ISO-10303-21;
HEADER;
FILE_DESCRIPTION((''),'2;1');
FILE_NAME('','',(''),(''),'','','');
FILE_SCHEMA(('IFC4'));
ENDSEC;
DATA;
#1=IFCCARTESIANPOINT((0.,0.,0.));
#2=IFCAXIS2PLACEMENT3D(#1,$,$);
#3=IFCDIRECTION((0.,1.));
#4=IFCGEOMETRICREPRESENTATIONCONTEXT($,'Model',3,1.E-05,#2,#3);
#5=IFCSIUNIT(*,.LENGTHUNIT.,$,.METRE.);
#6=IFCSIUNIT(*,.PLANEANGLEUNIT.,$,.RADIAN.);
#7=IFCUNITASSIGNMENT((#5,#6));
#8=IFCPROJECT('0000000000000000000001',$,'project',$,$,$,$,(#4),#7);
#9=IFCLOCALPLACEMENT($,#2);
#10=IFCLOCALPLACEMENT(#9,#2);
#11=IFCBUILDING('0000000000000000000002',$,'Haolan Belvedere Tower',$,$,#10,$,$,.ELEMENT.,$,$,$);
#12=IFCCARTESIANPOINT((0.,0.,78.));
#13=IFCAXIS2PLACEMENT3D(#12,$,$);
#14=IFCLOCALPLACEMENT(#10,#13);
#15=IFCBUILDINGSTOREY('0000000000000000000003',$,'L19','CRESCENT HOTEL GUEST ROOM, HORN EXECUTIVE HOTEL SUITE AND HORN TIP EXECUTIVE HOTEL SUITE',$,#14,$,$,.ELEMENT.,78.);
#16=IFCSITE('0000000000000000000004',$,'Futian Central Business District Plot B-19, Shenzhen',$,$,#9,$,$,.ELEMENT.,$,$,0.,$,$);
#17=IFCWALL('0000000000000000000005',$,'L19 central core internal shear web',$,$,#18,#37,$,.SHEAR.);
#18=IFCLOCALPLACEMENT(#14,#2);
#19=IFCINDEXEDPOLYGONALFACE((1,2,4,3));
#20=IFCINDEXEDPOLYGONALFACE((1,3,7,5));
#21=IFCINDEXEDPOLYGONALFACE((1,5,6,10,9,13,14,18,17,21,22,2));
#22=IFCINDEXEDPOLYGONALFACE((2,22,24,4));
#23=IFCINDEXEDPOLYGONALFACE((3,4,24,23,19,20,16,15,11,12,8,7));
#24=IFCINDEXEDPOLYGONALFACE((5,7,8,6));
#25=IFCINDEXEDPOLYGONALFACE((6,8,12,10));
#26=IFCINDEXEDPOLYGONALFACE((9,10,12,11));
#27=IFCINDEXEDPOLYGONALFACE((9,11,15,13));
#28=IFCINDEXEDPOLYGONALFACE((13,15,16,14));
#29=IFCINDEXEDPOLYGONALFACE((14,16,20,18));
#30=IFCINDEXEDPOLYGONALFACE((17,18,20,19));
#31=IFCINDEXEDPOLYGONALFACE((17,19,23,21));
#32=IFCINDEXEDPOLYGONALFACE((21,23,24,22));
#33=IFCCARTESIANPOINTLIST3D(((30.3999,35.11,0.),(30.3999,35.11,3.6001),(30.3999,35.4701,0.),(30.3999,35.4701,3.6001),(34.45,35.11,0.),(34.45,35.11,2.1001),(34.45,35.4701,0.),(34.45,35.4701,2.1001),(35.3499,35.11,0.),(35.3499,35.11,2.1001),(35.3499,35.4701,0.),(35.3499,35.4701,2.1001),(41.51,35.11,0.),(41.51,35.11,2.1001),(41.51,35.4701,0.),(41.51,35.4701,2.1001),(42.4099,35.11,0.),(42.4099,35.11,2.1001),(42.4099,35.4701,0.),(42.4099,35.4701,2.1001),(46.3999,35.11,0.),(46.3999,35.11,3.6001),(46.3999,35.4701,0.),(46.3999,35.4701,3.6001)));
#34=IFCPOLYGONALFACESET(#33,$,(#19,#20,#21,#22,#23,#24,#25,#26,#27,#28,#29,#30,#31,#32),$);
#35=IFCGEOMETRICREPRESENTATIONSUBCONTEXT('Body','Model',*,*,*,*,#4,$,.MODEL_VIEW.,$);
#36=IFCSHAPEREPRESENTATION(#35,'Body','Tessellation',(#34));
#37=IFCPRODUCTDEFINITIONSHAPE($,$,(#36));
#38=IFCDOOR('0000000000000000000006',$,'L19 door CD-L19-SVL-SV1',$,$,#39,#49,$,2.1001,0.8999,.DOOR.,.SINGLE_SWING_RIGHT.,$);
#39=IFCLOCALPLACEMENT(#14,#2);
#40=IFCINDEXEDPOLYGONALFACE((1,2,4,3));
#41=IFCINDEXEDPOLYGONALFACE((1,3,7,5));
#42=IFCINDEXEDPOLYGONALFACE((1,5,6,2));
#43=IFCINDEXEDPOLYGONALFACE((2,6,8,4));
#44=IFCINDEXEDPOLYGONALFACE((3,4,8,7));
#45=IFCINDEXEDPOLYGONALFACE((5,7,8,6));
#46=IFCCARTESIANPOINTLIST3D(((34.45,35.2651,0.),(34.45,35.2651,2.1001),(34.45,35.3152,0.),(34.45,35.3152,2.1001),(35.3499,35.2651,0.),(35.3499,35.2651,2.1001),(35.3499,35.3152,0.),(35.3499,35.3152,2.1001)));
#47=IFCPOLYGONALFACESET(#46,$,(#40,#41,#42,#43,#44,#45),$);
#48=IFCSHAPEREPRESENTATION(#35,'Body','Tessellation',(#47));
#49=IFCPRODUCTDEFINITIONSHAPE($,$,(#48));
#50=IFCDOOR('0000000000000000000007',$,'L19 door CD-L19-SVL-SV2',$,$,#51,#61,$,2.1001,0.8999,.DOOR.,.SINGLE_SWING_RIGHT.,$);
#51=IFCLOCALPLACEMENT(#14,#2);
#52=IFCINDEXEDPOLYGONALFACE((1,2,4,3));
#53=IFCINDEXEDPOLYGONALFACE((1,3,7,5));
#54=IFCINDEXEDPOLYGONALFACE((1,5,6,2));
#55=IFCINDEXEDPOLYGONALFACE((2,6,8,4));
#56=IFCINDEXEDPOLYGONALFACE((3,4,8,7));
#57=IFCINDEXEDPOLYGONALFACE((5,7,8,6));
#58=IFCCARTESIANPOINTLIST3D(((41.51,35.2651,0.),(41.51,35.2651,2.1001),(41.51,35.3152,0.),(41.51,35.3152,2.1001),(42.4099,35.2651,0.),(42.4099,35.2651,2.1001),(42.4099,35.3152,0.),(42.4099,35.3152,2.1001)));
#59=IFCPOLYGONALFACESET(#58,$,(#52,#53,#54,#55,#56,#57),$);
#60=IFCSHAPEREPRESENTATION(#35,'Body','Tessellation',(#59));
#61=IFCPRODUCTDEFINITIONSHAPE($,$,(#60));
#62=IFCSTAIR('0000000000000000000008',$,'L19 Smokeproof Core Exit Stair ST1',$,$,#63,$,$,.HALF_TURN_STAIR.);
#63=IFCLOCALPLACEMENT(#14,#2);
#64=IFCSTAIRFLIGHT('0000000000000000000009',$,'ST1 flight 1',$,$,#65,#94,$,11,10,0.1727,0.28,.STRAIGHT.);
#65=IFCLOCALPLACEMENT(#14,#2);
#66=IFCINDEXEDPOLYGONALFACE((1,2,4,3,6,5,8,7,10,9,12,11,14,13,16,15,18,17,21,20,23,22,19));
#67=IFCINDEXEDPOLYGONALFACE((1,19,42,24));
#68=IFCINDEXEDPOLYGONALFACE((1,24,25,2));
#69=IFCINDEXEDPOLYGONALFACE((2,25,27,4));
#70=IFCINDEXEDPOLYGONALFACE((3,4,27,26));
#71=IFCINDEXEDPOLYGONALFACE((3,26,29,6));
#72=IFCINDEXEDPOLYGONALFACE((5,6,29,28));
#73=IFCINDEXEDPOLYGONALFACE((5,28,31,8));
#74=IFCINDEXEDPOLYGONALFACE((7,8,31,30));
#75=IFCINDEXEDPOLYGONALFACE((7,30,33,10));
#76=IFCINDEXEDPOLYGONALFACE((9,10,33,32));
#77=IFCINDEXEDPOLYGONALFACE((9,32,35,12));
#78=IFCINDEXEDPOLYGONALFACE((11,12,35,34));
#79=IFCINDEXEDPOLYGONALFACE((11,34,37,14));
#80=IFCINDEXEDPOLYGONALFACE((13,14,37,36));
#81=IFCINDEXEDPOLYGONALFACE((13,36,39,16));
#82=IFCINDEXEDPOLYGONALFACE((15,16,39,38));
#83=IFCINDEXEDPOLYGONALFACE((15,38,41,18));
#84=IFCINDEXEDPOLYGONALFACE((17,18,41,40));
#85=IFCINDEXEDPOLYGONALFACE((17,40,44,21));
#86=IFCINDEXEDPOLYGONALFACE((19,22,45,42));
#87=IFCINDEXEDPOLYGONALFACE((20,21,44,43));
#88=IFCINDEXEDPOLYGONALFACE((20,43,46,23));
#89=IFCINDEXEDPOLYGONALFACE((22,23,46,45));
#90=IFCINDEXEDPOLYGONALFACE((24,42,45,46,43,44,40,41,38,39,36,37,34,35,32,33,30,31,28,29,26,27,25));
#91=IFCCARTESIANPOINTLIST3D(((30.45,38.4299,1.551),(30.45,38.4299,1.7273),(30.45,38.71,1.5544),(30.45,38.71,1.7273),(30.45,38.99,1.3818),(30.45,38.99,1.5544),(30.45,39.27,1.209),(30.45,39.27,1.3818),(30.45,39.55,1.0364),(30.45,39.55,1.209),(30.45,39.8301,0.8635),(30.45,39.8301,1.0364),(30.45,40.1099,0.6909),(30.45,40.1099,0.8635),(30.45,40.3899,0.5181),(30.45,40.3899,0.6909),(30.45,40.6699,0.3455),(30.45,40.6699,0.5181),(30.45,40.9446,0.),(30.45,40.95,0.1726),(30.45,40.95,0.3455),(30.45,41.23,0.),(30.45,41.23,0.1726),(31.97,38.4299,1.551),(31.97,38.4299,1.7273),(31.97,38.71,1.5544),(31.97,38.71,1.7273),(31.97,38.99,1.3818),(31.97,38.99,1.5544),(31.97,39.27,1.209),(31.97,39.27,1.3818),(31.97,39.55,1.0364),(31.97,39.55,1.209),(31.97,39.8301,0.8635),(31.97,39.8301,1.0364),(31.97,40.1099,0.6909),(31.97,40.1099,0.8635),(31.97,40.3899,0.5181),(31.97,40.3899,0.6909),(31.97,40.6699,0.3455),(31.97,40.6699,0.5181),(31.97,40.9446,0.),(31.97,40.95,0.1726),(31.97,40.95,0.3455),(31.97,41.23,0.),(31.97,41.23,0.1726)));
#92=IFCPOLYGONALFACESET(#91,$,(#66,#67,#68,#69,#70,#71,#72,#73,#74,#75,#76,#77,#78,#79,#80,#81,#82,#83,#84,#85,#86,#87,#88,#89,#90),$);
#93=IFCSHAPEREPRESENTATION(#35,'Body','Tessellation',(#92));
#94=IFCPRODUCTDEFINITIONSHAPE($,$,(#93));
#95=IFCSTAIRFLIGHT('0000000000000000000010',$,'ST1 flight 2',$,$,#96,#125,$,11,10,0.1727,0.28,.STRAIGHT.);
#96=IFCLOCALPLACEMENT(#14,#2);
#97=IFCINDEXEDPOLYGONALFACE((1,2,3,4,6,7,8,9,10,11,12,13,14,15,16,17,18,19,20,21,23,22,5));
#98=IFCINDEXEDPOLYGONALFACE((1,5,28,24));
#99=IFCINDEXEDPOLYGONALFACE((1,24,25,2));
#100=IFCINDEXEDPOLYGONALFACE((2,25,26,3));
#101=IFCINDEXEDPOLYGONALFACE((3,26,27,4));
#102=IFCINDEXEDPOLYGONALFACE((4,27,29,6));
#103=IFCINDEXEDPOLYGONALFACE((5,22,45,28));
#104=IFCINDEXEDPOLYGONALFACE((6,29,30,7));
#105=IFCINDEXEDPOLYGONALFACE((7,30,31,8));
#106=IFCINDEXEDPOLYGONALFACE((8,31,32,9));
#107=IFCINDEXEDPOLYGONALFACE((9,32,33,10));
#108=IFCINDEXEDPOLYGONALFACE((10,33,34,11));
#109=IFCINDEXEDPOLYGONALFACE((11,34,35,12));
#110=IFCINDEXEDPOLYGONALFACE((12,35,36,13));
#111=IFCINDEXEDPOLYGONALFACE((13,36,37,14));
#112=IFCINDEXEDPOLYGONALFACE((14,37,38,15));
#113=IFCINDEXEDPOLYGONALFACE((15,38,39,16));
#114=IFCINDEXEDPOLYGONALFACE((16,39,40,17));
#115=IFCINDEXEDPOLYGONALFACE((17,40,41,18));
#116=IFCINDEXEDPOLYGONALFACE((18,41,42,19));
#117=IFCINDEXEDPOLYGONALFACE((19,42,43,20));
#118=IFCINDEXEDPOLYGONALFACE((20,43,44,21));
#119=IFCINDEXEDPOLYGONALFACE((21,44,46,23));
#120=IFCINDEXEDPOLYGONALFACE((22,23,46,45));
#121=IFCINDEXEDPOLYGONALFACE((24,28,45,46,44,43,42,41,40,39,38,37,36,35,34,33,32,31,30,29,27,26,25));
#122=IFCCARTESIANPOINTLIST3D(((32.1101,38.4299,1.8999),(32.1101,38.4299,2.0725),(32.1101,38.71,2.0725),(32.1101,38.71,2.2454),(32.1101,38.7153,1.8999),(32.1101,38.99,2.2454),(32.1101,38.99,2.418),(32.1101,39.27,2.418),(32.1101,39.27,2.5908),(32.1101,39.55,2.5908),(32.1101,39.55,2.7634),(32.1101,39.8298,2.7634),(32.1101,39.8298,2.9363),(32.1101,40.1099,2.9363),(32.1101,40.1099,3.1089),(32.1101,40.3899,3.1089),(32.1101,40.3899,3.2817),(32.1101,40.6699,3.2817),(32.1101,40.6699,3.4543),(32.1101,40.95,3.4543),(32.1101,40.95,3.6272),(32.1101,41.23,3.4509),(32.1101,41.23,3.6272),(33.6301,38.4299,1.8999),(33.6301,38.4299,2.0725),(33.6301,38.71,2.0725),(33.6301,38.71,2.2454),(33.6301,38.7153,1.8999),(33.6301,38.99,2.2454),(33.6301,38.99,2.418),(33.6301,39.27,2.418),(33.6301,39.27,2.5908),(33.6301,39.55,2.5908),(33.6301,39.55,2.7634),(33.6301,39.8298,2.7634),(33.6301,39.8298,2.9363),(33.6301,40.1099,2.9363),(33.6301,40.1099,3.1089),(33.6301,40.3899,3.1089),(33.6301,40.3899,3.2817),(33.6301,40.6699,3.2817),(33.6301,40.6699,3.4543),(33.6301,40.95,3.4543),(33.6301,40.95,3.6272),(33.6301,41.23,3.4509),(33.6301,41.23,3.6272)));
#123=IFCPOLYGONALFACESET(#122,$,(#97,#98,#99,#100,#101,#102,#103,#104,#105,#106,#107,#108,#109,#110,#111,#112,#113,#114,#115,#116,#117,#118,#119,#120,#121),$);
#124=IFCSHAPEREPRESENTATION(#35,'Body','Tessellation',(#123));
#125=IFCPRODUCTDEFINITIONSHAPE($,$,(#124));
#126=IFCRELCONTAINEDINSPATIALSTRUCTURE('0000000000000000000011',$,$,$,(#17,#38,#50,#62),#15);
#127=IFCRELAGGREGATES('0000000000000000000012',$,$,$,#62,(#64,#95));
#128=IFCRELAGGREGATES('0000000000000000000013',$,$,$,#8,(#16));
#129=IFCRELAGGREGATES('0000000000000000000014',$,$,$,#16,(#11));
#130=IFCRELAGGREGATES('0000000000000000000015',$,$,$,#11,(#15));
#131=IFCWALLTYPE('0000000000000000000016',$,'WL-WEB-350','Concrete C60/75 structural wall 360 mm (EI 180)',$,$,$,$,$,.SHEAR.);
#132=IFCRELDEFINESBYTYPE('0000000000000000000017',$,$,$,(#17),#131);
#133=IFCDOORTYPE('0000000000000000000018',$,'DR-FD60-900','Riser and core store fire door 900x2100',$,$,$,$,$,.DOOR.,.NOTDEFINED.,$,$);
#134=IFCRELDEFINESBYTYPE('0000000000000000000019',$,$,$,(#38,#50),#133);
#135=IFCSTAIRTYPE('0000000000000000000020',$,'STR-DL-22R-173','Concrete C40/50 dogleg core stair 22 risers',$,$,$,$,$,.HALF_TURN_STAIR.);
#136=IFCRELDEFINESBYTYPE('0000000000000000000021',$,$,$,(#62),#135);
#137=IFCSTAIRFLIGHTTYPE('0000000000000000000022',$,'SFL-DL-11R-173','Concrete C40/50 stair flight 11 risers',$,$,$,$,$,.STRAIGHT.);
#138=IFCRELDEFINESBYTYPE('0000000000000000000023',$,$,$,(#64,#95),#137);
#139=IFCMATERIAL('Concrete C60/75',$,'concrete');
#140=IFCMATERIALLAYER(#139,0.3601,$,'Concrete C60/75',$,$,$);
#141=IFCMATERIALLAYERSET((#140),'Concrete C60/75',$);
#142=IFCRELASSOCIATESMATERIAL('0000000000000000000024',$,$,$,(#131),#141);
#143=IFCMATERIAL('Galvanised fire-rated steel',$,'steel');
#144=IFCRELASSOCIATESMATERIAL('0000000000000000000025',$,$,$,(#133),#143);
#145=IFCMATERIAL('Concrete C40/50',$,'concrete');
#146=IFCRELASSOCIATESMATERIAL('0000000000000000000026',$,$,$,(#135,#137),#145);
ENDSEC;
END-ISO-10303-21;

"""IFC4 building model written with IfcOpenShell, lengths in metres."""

from ifc_helpers import new_model, si_unit, direction, frame, frame_2d, origin, place, context, subcontext, project, spatial, polyline, rectangle, outline, extrude, material, layer, layer_set, type_object, element, fill, aggregate, save


model = new_model("IFC4")

# Units and contexts
model_context = context("Model", 3, precision=1e-05, world=origin(), true_north=direction((0.0, 1.0)))
body_context = subcontext(model_context, "Body", "Model", "MODEL_VIEW")
ifc_project = project(units=[si_unit("LENGTHUNIT", "METRE"), si_unit("PLANEANGLEUNIT", "RADIAN")], contexts=[model_context])

# Site, building, storey
site_placement = place(None, origin())
site = spatial("IfcSite", under=ifc_project, at=site_placement, Name="Futian Central Business District Plot B-19, Shenzhen", CompositionType="ELEMENT", RefElevation=0.0)
building_placement = place(site_placement, origin())
building = spatial("IfcBuilding", under=site, at=building_placement, Name="Haolan Belvedere Tower", CompositionType="ELEMENT")
storey_placement = place(building_placement, frame((0.0, 0.0, 78.0)))
storey = spatial("IfcBuildingStorey", under=building, at=storey_placement, Name="L19", Description="CRESCENT HOTEL GUEST ROOM, HORN EXECUTIVE HOTEL SUITE AND HORN TIP EXECUTIVE HOTEL SUITE", CompositionType="ELEMENT", Elevation=78.0)

# Shared definitions
ifc_material_1 = material(Name="Concrete C60/75", Category="concrete")

# Wall, openings, doors
ifc_layer_1 = layer(ifc_material_1, 0.3601, Name="Concrete C60/75")
ifc_layer_set_1 = layer_set([ifc_layer_1], Name="Concrete C60/75")
wall_type_1 = type_object("IfcWallType", Name="WL-WEB-350", Description="Concrete C60/75 structural wall 360 mm (EI 180)", PredefinedType="SHEAR", material=ifc_layer_set_1)
wall_1_placement = place(storey_placement, frame((30.3999, 35.29, 0.0), z_axis=(0.0, 0.0, 1.0), x_axis=(1.0, 0.0, 0.0)))
wall_1 = element("IfcWall", 1, at=wall_1_placement, inside=storey, type_object=wall_type_1, Name="L19 central core internal shear web", PredefinedType="SHEAR", context=body_context, shape_type="SweptSolid", body=[
    extrude(rectangle(XDim=16.0, YDim=0.3601, at=frame_2d((8.0, 0.0))), origin(), (0.0, 0.0, 1.0), 3.6001),
])
opening_1_placement = place(wall_1_placement, frame((4.95, 0.0, 0.0), z_axis=(0.0, 0.0, 1.0), x_axis=(-1.0, 0.0, 0.0)))
opening_1 = element("IfcOpeningElement", 2, at=opening_1_placement, cuts=wall_1, PredefinedType="OPENING", context=body_context, shape_type="SweptSolid", body=[
    extrude(rectangle(XDim=0.8999, YDim=2.1001, at=frame_2d((0.45, 1.05))), frame((0.0, 0.1899, 0.0), z_axis=(0.0, -1.0, 0.0), x_axis=(1.0, 0.0, 0.0)), (0.0, 0.0, 1.0), 0.3801),
])
opening_2_placement = place(wall_1_placement, frame((12.01, 0.0, 0.0), z_axis=(0.0, 0.0, 1.0), x_axis=(-1.0, 0.0, 0.0)))
opening_2 = element("IfcOpeningElement", 3, at=opening_2_placement, cuts=wall_1, PredefinedType="OPENING", context=body_context, shape_type="SweptSolid", body=[
    extrude(rectangle(XDim=0.8999, YDim=2.1001, at=frame_2d((0.45, 1.05))), frame((0.0, 0.1899, 0.0), z_axis=(0.0, -1.0, 0.0), x_axis=(1.0, 0.0, 0.0)), (0.0, 0.0, 1.0), 0.3801),
])
ifc_material_2 = material(Name="Galvanised fire-rated steel", Category="steel")
door_type_1 = type_object("IfcDoorType", Name="DR-FD60-900", Description="Riser and core store fire door 900x2100", OperationType="NOTDEFINED", PredefinedType="DOOR", material=ifc_material_2)
door_1_placement = place(opening_1_placement, origin())
door_1 = element("IfcDoor", 4, at=door_1_placement, inside=storey, type_object=door_type_1, Name="L19 door CD-L19-SVL-SV1", OperationType="SINGLE_SWING_RIGHT", OverallHeight=2.1001, OverallWidth=0.8999, PredefinedType="DOOR", context=body_context, shape_type="SweptSolid", body=[
    extrude(rectangle(XDim=0.8999, YDim=2.1001, at=frame_2d((0.45, 1.05))), frame((0.0, 0.0249, 0.0), z_axis=(0.0, -1.0, 0.0), x_axis=(1.0, 0.0, 0.0)), (0.0, 0.0, 1.0), 0.05),
])
fill(opening_1, door_1)
door_2_placement = place(opening_2_placement, origin())
door_2 = element("IfcDoor", 5, at=door_2_placement, inside=storey, type_object=door_type_1, Name="L19 door CD-L19-SVL-SV2", OperationType="SINGLE_SWING_RIGHT", OverallHeight=2.1001, OverallWidth=0.8999, PredefinedType="DOOR", context=body_context, shape_type="SweptSolid", body=[
    extrude(rectangle(XDim=0.8999, YDim=2.1001, at=frame_2d((0.45, 1.05))), frame((0.0, 0.0249, 0.0), z_axis=(0.0, -1.0, 0.0), x_axis=(1.0, 0.0, 0.0)), (0.0, 0.0, 1.0), 0.05),
])
fill(opening_2, door_2)

# Stair, stair flights
ifc_material_3 = material(Name="Concrete C40/50", Category="concrete")
stair_type = type_object("IfcStairType", Name="STR-DL-22R-173", Description="Concrete C40/50 dogleg core stair 22 risers", PredefinedType="HALF_TURN_STAIR", material=ifc_material_3)
stair_placement = place(storey_placement, origin())
stair = element("IfcStair", 6, at=stair_placement, inside=storey, type_object=stair_type, Name="L19 Smokeproof Core Exit Stair ST1", PredefinedType="HALF_TURN_STAIR")
stair_flight_type = type_object("IfcStairFlightType", Name="SFL-DL-11R-173", Description="Concrete C40/50 stair flight 11 risers", PredefinedType="STRAIGHT", material=ifc_material_3)
stair_flight_1_placement = place(storey_placement, frame((31.21, 41.23, 0.0), z_axis=(0.0, 0.0, 1.0), x_axis=(0.0, -1.0, 0.0)))
stair_flight_1 = element("IfcStairFlight", 7, at=stair_flight_1_placement, type_object=stair_flight_type, Name="ST1 flight 1", NumberOfRisers=11, NumberOfTreads=10, PredefinedType="STRAIGHT", RiserHeight=0.1727, TreadLength=0.28, context=body_context, shape_type="SweptSolid", body=[
    extrude(outline(polyline([(0.0, 0.0), (0.0, 0.1726), (0.28, 0.1726), (0.28, 0.3455), (0.5601, 0.3455), (0.5601, 0.5181), (0.8401, 0.5181), (0.8401, 0.6909), (1.1201, 0.6909), (1.1201, 0.8635), (1.3999, 0.8635), (1.3999, 1.0364), (1.6799, 1.0364), (1.6799, 1.209), (1.96, 1.209), (1.96, 1.3818), (2.24, 1.3818), (2.24, 1.5544), (2.52, 1.5544), (2.52, 1.7273), (2.8, 1.7273), (2.8, 1.8999), (2.8, 1.551), (0.2854, 0.0), (0.0, 0.0)])), frame((0.0, 0.76, 0.0), z_axis=(0.0, -1.0, 0.0), x_axis=(1.0, 0.0, 0.0)), (0.0, 0.0, 1.0), 1.52),
])
stair_flight_2_placement = place(storey_placement, frame((32.8701, 38.4299, 1.8999), z_axis=(0.0, 0.0, 1.0), x_axis=(0.0, 1.0, 0.0)))
stair_flight_2 = element("IfcStairFlight", 8, at=stair_flight_2_placement, type_object=stair_flight_type, Name="ST1 flight 2", NumberOfRisers=11, NumberOfTreads=10, PredefinedType="STRAIGHT", RiserHeight=0.1727, TreadLength=0.28, context=body_context, shape_type="SweptSolid", body=[
    extrude(outline(polyline([(0.0, 0.0), (0.0, 0.1726), (0.28, 0.1726), (0.28, 0.3455), (0.5601, 0.3455), (0.5601, 0.5181), (0.8401, 0.5181), (0.8401, 0.6909), (1.1201, 0.6909), (1.1201, 0.8635), (1.3999, 0.8635), (1.3999, 1.0364), (1.6799, 1.0364), (1.6799, 1.209), (1.96, 1.209), (1.96, 1.3818), (2.24, 1.3818), (2.24, 1.5544), (2.52, 1.5544), (2.52, 1.7273), (2.8, 1.7273), (2.8, 1.8999), (2.8, 1.551), (0.2854, 0.0), (0.0, 0.0)])), frame((0.0, 0.76, 0.0), z_axis=(0.0, -1.0, 0.0), x_axis=(1.0, 0.0, 0.0)), (0.0, 0.0, 1.0), 1.52),
])
aggregate(stair, [stair_flight_1, stair_flight_2])

save(model, "model.ifc")
